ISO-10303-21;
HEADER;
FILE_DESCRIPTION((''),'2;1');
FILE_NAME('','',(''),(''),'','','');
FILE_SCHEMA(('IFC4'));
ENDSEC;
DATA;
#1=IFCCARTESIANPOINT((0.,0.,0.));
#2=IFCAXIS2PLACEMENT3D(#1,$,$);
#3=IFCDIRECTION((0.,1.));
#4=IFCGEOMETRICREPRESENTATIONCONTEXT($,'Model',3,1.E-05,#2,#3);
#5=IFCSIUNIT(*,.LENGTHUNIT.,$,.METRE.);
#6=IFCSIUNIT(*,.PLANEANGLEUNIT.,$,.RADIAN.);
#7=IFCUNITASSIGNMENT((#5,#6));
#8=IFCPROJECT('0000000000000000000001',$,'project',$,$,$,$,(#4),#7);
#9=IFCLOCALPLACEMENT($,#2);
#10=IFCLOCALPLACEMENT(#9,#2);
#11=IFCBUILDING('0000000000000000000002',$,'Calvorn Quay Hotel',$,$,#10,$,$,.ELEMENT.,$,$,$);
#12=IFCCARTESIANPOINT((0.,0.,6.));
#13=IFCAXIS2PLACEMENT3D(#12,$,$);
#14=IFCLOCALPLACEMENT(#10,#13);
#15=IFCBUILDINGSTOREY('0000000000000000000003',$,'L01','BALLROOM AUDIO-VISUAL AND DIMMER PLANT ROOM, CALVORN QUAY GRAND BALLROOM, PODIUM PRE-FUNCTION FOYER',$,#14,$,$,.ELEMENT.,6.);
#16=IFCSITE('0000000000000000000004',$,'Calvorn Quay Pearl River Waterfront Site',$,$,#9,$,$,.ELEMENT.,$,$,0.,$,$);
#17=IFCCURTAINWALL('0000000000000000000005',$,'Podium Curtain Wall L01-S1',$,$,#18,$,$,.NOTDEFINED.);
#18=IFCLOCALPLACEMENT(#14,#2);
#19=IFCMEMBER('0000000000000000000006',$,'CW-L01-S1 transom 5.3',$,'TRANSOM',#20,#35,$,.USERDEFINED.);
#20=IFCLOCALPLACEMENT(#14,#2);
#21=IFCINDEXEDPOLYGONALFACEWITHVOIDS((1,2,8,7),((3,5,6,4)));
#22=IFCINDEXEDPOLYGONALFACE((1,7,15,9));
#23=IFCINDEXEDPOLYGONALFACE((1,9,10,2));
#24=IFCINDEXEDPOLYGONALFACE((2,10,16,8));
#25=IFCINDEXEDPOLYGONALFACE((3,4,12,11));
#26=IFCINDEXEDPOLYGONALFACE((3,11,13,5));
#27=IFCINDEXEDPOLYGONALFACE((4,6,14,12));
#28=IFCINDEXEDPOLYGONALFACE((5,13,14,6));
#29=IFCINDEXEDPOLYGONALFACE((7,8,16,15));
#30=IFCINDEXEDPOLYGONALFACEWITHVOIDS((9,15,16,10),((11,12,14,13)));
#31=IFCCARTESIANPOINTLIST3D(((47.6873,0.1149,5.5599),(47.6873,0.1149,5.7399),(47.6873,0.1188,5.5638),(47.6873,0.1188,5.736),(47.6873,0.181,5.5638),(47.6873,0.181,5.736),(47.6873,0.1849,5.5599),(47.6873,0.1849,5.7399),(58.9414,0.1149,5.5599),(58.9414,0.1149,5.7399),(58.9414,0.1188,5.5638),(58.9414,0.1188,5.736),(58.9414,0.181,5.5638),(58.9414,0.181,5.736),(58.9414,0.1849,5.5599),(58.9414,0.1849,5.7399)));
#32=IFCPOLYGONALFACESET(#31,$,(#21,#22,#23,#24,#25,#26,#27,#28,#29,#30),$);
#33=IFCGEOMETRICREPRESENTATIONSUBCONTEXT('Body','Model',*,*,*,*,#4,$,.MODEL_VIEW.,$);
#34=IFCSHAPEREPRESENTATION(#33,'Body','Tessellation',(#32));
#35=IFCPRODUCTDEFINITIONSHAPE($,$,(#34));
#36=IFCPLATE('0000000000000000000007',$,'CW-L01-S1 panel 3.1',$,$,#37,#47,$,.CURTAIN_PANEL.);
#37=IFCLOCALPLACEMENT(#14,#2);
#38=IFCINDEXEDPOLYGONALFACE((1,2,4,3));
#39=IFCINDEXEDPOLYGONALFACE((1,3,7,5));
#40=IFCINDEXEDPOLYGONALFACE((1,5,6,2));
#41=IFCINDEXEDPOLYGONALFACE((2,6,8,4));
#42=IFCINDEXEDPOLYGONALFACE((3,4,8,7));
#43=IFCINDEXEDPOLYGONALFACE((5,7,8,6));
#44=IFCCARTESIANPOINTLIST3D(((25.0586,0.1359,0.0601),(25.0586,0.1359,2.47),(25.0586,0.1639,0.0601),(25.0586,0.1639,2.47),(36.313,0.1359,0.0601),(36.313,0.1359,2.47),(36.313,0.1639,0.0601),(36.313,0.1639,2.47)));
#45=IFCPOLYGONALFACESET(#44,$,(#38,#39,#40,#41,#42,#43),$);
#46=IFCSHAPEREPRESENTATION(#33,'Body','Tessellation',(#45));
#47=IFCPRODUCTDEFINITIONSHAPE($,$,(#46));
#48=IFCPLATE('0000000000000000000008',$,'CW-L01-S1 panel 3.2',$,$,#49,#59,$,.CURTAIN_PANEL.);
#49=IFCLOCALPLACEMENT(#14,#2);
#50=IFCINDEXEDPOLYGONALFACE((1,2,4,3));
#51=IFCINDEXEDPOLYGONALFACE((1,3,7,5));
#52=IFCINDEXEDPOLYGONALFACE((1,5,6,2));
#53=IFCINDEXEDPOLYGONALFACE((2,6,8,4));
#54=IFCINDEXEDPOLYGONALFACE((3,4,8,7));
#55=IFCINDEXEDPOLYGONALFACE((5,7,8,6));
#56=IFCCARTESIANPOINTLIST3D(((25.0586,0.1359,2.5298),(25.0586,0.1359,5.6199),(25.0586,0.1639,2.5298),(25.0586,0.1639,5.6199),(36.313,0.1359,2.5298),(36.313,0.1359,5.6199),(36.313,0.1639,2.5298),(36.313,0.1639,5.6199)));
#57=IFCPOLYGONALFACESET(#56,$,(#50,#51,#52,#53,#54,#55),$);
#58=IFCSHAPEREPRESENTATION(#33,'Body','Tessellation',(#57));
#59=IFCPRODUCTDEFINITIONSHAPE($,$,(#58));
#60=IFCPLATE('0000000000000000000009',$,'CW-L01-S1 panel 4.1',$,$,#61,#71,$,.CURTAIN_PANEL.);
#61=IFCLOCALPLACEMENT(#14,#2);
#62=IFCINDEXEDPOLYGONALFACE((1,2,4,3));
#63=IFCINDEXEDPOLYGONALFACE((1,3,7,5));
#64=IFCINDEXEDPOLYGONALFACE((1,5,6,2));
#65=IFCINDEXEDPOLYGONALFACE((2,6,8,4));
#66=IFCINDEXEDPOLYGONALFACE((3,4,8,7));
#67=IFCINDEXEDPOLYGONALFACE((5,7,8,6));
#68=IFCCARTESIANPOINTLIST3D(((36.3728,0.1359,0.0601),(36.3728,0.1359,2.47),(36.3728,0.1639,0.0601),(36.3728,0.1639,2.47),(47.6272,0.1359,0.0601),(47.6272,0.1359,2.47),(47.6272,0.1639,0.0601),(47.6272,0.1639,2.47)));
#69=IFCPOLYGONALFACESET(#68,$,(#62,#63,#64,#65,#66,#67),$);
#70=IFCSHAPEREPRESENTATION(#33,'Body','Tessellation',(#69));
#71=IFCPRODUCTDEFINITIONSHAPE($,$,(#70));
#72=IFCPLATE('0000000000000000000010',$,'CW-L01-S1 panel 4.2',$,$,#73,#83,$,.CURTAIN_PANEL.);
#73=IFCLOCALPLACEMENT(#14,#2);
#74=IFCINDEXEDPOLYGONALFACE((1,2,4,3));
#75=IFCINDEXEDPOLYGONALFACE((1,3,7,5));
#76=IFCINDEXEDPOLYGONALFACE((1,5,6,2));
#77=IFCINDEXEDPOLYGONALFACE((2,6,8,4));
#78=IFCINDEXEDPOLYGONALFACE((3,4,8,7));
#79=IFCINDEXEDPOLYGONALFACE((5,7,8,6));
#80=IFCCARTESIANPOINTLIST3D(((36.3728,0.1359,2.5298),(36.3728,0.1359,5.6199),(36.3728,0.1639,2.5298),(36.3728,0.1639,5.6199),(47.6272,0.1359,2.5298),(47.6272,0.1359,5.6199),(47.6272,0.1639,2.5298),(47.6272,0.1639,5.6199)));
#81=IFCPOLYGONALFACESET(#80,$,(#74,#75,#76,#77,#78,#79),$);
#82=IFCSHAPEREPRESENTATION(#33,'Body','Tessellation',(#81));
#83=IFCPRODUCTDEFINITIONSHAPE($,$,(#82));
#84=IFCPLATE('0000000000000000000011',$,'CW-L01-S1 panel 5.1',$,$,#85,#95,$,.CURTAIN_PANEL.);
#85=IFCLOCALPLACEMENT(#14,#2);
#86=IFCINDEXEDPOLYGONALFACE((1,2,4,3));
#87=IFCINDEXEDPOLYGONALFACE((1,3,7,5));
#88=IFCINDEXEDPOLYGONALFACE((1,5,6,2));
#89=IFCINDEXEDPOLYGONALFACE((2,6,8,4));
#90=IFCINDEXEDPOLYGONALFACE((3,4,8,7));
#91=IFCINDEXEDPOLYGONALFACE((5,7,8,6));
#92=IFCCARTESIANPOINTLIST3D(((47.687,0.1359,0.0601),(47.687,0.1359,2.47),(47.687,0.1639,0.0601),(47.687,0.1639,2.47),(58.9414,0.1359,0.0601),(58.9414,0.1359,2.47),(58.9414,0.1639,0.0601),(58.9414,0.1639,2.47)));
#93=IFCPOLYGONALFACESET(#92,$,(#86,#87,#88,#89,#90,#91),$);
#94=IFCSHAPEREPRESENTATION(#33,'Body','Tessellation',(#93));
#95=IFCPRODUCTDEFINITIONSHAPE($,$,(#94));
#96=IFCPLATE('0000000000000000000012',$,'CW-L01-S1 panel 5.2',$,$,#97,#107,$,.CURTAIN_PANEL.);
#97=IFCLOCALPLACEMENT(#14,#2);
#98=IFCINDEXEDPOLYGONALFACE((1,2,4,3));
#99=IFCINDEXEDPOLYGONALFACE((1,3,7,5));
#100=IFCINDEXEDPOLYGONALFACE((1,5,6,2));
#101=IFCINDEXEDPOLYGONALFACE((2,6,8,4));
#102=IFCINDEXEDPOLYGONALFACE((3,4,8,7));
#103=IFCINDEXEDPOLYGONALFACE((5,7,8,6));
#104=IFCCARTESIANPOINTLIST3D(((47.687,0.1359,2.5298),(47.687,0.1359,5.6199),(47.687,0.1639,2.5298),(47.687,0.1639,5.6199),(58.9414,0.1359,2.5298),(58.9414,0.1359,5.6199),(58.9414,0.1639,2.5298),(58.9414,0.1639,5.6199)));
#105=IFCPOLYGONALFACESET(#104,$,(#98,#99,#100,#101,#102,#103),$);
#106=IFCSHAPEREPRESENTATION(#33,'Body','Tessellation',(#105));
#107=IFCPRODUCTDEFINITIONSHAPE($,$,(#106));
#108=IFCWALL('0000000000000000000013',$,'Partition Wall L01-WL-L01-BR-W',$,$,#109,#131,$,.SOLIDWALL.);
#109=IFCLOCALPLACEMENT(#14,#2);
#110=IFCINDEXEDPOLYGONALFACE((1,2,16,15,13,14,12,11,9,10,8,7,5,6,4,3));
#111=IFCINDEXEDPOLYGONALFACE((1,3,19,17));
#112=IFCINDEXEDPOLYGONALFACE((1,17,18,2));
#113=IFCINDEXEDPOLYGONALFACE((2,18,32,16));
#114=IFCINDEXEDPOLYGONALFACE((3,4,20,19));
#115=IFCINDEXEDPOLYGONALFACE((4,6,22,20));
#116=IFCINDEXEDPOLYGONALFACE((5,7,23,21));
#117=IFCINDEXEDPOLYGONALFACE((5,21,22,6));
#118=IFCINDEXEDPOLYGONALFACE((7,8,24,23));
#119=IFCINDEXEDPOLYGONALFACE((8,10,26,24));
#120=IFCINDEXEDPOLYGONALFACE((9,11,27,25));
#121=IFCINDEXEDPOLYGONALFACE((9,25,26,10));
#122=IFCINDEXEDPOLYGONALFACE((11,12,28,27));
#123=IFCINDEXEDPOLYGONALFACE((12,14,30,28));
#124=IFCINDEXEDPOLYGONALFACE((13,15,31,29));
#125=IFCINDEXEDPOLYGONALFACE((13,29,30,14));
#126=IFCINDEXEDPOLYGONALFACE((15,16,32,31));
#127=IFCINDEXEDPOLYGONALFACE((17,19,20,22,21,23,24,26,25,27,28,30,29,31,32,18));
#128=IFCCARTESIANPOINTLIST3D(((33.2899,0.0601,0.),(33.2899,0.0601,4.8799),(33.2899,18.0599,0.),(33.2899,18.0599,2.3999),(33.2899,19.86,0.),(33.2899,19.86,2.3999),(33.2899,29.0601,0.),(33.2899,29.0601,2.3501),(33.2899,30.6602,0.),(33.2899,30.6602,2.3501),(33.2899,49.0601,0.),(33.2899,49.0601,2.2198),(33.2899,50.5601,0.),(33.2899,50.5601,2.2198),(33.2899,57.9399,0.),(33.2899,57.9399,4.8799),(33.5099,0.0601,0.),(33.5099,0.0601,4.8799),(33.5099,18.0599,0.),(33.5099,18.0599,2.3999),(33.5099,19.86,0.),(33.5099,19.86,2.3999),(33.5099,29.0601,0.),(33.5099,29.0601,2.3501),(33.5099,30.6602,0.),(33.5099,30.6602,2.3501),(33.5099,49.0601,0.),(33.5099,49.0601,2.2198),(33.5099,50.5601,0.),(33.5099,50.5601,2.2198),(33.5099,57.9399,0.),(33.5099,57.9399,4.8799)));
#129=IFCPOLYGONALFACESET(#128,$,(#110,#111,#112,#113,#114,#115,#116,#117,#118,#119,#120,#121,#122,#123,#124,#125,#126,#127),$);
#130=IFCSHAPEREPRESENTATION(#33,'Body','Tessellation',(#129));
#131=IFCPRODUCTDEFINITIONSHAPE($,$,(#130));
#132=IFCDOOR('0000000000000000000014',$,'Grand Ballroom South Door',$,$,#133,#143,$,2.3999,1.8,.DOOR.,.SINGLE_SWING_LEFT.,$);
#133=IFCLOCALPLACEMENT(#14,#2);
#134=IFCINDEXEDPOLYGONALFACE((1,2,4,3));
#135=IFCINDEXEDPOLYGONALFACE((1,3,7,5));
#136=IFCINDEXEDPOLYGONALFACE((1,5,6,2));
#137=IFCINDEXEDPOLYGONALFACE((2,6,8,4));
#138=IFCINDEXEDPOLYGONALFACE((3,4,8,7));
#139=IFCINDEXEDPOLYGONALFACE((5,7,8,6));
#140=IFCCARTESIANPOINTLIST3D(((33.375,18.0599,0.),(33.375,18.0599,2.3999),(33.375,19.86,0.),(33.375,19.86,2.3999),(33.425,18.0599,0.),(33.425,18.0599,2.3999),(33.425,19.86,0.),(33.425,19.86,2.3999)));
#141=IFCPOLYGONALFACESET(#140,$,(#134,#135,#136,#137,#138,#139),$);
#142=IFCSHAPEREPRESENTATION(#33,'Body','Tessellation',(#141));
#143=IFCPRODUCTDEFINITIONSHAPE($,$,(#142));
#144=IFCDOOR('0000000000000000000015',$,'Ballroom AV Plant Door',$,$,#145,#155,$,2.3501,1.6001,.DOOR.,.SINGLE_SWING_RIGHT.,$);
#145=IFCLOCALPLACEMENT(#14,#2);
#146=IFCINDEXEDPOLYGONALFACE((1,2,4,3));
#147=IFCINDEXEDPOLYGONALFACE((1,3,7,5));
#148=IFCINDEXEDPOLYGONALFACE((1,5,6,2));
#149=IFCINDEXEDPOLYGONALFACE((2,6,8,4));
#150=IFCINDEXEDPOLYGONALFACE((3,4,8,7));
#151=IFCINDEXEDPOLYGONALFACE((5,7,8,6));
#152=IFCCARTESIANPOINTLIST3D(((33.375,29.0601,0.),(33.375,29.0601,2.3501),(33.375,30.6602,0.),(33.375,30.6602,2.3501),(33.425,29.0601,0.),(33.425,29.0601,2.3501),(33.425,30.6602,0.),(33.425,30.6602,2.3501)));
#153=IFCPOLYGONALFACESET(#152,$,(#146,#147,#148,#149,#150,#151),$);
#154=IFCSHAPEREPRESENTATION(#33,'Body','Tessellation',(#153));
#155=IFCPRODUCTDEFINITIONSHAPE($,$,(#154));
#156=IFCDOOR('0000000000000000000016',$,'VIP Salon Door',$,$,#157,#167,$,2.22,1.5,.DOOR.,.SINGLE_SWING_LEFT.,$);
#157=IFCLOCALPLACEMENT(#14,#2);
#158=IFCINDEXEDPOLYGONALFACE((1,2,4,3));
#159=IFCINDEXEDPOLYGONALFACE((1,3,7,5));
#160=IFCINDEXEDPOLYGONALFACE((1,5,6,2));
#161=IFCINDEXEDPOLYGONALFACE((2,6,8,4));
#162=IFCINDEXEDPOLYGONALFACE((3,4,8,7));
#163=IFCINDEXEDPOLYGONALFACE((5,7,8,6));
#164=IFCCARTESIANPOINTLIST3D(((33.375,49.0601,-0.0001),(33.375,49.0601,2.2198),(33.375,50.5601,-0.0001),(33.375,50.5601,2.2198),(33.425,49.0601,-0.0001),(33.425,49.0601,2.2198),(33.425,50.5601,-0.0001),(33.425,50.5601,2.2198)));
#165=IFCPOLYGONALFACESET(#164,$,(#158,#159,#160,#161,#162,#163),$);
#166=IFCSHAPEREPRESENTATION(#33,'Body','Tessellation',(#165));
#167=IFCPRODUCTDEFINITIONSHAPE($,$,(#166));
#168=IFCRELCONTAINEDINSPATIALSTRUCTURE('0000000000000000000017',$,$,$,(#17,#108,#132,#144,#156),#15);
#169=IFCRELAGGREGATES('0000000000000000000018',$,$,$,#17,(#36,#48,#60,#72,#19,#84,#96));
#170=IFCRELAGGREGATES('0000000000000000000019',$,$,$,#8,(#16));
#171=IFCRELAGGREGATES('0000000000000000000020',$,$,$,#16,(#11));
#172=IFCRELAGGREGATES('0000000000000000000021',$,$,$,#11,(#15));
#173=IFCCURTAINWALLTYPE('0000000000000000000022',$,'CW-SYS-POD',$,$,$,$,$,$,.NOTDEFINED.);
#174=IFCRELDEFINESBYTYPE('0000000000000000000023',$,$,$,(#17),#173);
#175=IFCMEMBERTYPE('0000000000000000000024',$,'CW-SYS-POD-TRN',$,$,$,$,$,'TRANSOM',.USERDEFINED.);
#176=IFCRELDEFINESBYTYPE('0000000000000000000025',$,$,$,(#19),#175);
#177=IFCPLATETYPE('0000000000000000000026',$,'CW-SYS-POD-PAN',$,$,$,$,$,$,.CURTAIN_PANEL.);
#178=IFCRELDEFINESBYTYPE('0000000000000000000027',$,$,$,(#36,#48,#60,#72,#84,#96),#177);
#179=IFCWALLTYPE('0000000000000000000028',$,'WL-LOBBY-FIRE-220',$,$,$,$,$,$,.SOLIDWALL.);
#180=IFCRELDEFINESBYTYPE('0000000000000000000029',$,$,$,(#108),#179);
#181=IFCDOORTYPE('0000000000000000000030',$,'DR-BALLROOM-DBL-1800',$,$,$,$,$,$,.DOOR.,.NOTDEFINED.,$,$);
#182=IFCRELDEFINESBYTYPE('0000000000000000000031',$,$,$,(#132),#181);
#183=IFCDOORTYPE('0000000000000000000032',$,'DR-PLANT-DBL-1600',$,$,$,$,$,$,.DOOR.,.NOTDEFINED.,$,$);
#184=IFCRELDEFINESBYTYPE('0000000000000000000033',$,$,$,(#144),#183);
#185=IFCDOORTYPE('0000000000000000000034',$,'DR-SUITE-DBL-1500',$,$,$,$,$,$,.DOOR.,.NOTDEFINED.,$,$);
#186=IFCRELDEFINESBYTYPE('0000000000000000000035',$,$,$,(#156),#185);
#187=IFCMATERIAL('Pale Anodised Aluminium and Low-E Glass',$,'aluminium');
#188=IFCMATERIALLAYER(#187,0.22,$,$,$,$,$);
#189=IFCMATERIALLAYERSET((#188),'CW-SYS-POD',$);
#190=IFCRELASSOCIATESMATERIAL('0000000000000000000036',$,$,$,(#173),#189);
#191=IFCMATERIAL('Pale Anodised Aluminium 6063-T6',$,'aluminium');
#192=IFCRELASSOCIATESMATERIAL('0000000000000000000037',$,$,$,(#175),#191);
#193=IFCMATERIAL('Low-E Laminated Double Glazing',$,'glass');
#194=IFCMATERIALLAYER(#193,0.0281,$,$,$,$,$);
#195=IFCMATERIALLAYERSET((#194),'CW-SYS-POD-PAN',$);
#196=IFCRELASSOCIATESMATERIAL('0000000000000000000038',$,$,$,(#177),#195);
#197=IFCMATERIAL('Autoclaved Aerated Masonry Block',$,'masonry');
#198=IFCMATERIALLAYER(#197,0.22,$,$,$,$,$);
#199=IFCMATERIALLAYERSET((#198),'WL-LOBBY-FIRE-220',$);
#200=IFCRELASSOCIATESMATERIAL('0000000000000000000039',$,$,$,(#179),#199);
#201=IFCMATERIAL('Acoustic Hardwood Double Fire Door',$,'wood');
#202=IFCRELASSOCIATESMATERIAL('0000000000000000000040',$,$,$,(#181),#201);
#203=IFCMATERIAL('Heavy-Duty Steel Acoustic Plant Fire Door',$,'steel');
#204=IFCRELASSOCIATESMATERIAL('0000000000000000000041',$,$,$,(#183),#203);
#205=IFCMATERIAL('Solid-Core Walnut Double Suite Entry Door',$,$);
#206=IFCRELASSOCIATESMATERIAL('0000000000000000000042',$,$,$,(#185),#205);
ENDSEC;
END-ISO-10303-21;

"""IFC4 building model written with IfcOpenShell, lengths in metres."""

from ifc_helpers import new_model, si_unit, direction, frame, frame_2d, origin, origin_2d, place, context, subcontext, project, spatial, rectangle, hollow_rectangle, extrude, material, layer, layer_set, material_profile, profile_set, type_object, element, fill, aggregate, save


model = new_model("IFC4")

# Units and contexts
model_context = context("Model", 3, precision=1e-05, world=origin(), true_north=direction((0.0, 1.0)))
body_context = subcontext(model_context, "Body", "Model", "MODEL_VIEW")
ifc_project = project(units=[si_unit("LENGTHUNIT", "METRE"), si_unit("PLANEANGLEUNIT", "RADIAN")], contexts=[model_context])

# Site, building, storey
site_placement = place(None, origin())
site = spatial("IfcSite", under=ifc_project, at=site_placement, Name="Calvorn Quay Pearl River Waterfront Site", CompositionType="ELEMENT", RefElevation=0.0)
building_placement = place(site_placement, origin())
building = spatial("IfcBuilding", under=site, at=building_placement, Name="Calvorn Quay Hotel", CompositionType="ELEMENT")
storey_placement = place(building_placement, frame((0.0, 0.0, 6.0)))
storey = spatial("IfcBuildingStorey", under=building, at=storey_placement, Name="L01", Description="BALLROOM AUDIO-VISUAL AND DIMMER PLANT ROOM, CALVORN QUAY GRAND BALLROOM, PODIUM PRE-FUNCTION FOYER", CompositionType="ELEMENT", Elevation=6.0)

# Curtain wall, member, plates
ifc_material_1 = material(Name="Pale Anodised Aluminium and Low-E Glass", Category="aluminium")
ifc_layer_1 = layer(ifc_material_1, 0.22)
ifc_layer_set_1 = layer_set([ifc_layer_1], Name="CW-SYS-POD")
curtain_wall_type = type_object("IfcCurtainWallType", Name="CW-SYS-POD", PredefinedType="NOTDEFINED", material=ifc_layer_set_1)
curtain_wall_placement = place(storey_placement, origin())
curtain_wall = element("IfcCurtainWall", 1, at=curtain_wall_placement, inside=storey, type_object=curtain_wall_type, Name="Podium Curtain Wall L01-S1", PredefinedType="NOTDEFINED")
ifc_material_2 = material(Name="Pale Anodised Aluminium 6063-T6", Category="aluminium")
ifc_material_profile_1 = material_profile(ifc_material_2, hollow_rectangle(XDim=0.0701, YDim=0.1799, WallThickness=0.0039, at=origin_2d()), Name="ALU-T180x70x4")
ifc_profile_set_1 = profile_set([ifc_material_profile_1], Name="Pale Anodised Aluminium 6063-T6")
member_type_1 = type_object("IfcMemberType", Name="CW-SYS-POD-TRN", ElementType="TRANSOM", PredefinedType="USERDEFINED", material=ifc_profile_set_1)
member_1_placement = place(storey_placement, frame((47.6873, 0.1499, 5.6499), z_axis=(1.0, 0.0, 0.0), x_axis=(0.0, 1.0, 0.0)))
member_1 = element("IfcMember", 2, at=member_1_placement, type_object=member_type_1, Name="CW-L01-S1 transom 5.3", ObjectType="TRANSOM", PredefinedType="USERDEFINED", context=body_context, shape_type="SweptSolid", body=[
    extrude(hollow_rectangle(XDim=0.0701, YDim=0.1799, WallThickness=0.0039, at=origin_2d()), origin(), (0.0, 0.0, 1.0), 11.2542),
])
ifc_material_3 = material(Name="Low-E Laminated Double Glazing", Category="glass")
ifc_layer_2 = layer(ifc_material_3, 0.0281)
ifc_layer_set_2 = layer_set([ifc_layer_2], Name="CW-SYS-POD-PAN")
plate_type = type_object("IfcPlateType", Name="CW-SYS-POD-PAN", PredefinedType="CURTAIN_PANEL", material=ifc_layer_set_2)
plate_1_placement = place(storey_placement, frame((30.6858, 0.1499, 0.0601), z_axis=(0.0, 0.0, 1.0), x_axis=(1.0, 0.0, 0.0)))
plate_1 = element("IfcPlate", 3, at=plate_1_placement, type_object=plate_type, Name="CW-L01-S1 panel 3.1", PredefinedType="CURTAIN_PANEL", context=body_context, shape_type="SweptSolid", body=[
    extrude(rectangle(XDim=11.2544, YDim=0.0281, at=origin_2d()), origin(), (0.0, 0.0, 1.0), 2.4099),
])
plate_2_placement = place(storey_placement, frame((30.6858, 0.1499, 2.5298), z_axis=(0.0, 0.0, 1.0), x_axis=(1.0, 0.0, 0.0)))
plate_2 = element("IfcPlate", 4, at=plate_2_placement, type_object=plate_type, Name="CW-L01-S1 panel 3.2", PredefinedType="CURTAIN_PANEL", context=body_context, shape_type="SweptSolid", body=[
    extrude(rectangle(XDim=11.2544, YDim=0.0281, at=origin_2d()), origin(), (0.0, 0.0, 1.0), 3.0901),
])
plate_3_placement = place(storey_placement, frame((42.0, 0.1499, 0.0601), z_axis=(0.0, 0.0, 1.0), x_axis=(1.0, 0.0, 0.0)))
plate_3 = element("IfcPlate", 5, at=plate_3_placement, type_object=plate_type, Name="CW-L01-S1 panel 4.1", PredefinedType="CURTAIN_PANEL", context=body_context, shape_type="SweptSolid", body=[
    extrude(rectangle(XDim=11.2544, YDim=0.0281, at=origin_2d()), origin(), (0.0, 0.0, 1.0), 2.4099),
])
plate_4_placement = place(storey_placement, frame((42.0, 0.1499, 2.5298), z_axis=(0.0, 0.0, 1.0), x_axis=(1.0, 0.0, 0.0)))
plate_4 = element("IfcPlate", 6, at=plate_4_placement, type_object=plate_type, Name="CW-L01-S1 panel 4.2", PredefinedType="CURTAIN_PANEL", context=body_context, shape_type="SweptSolid", body=[
    extrude(rectangle(XDim=11.2544, YDim=0.0281, at=origin_2d()), origin(), (0.0, 0.0, 1.0), 3.0901),
])
plate_5_placement = place(storey_placement, frame((53.3142, 0.1499, 0.0601), z_axis=(0.0, 0.0, 1.0), x_axis=(1.0, 0.0, 0.0)))
plate_5 = element("IfcPlate", 7, at=plate_5_placement, type_object=plate_type, Name="CW-L01-S1 panel 5.1", PredefinedType="CURTAIN_PANEL", context=body_context, shape_type="SweptSolid", body=[
    extrude(rectangle(XDim=11.2544, YDim=0.0281, at=origin_2d()), origin(), (0.0, 0.0, 1.0), 2.4099),
])
plate_6_placement = place(storey_placement, frame((53.3142, 0.1499, 2.5298), z_axis=(0.0, 0.0, 1.0), x_axis=(1.0, 0.0, 0.0)))
plate_6 = element("IfcPlate", 8, at=plate_6_placement, type_object=plate_type, Name="CW-L01-S1 panel 5.2", PredefinedType="CURTAIN_PANEL", context=body_context, shape_type="SweptSolid", body=[
    extrude(rectangle(XDim=11.2544, YDim=0.0281, at=origin_2d()), origin(), (0.0, 0.0, 1.0), 3.0901),
])
aggregate(curtain_wall, [plate_1, plate_2, plate_3, plate_4, member_1, plate_5, plate_6])

# Wall, openings, doors
ifc_material_4 = material(Name="Autoclaved Aerated Masonry Block", Category="masonry")
ifc_layer_3 = layer(ifc_material_4, 0.22)
ifc_layer_set_3 = layer_set([ifc_layer_3], Name="WL-LOBBY-FIRE-220")
wall_type = type_object("IfcWallType", Name="WL-LOBBY-FIRE-220", PredefinedType="SOLIDWALL", material=ifc_layer_set_3)
wall_1_placement = place(storey_placement, frame((33.3999, 0.0601, 0.0), z_axis=(0.0, 0.0, 1.0), x_axis=(0.0, 1.0, 0.0)))
wall_1 = element("IfcWall", 9, at=wall_1_placement, inside=storey, type_object=wall_type, Name="Partition Wall L01-WL-L01-BR-W", PredefinedType="SOLIDWALL", context=body_context, shape_type="SweptSolid", body=[
    extrude(rectangle(XDim=57.8799, YDim=0.22, at=frame_2d((28.9399, 0.0))), origin(), (0.0, 0.0, 1.0), 4.8799),
])
opening_1_placement = place(wall_1_placement, frame((18.0, 0.0, 0.0)))
opening_1 = element("IfcOpeningElement", 10, at=opening_1_placement, cuts=wall_1, PredefinedType="OPENING", context=body_context, shape_type="SweptSolid", body=[
    extrude(rectangle(XDim=1.8, YDim=2.3999, at=frame_2d((0.8999, 1.2))), frame((0.0, 0.1199, 0.0), z_axis=(0.0, -1.0, 0.0), x_axis=(1.0, 0.0, 0.0)), (0.0, 0.0, 1.0), 0.24),
])
opening_2_placement = place(wall_1_placement, frame((29.0, 0.0, 0.0)))
opening_2 = element("IfcOpeningElement", 11, at=opening_2_placement, cuts=wall_1, PredefinedType="OPENING", context=body_context, shape_type="SweptSolid", body=[
    extrude(rectangle(XDim=1.6001, YDim=2.3501, at=frame_2d((0.8, 1.175))), frame((0.0, 0.1199, 0.0), z_axis=(0.0, -1.0, 0.0), x_axis=(1.0, 0.0, 0.0)), (0.0, 0.0, 1.0), 0.24),
])
opening_3_placement = place(wall_1_placement, frame((49.0, 0.0, 0.0)))
opening_3 = element("IfcOpeningElement", 12, at=opening_3_placement, cuts=wall_1, PredefinedType="OPENING", context=body_context, shape_type="SweptSolid", body=[
    extrude(rectangle(XDim=1.5, YDim=2.22, at=frame_2d((0.75, 1.1099))), frame((0.0, 0.1199, 0.0), z_axis=(0.0, -1.0, 0.0), x_axis=(1.0, 0.0, 0.0)), (0.0, 0.0, 1.0), 0.24),
])
ifc_material_5 = material(Name="Acoustic Hardwood Double Fire Door", Category="wood")
door_type_1 = type_object("IfcDoorType", Name="DR-BALLROOM-DBL-1800", OperationType="NOTDEFINED", PredefinedType="DOOR", material=ifc_material_5)
door_1_placement = place(opening_1_placement, origin())
door_1 = element("IfcDoor", 13, at=door_1_placement, inside=storey, type_object=door_type_1, Name="Grand Ballroom South Door", OperationType="SINGLE_SWING_LEFT", OverallHeight=2.3999, OverallWidth=1.8, PredefinedType="DOOR", context=body_context, shape_type="SweptSolid", body=[
    extrude(rectangle(XDim=1.8, YDim=2.3999, at=frame_2d((0.8999, 1.2))), frame((0.0, 0.0249, 0.0), z_axis=(0.0, -1.0, 0.0), x_axis=(1.0, 0.0, 0.0)), (0.0, 0.0, 1.0), 0.05),
])
fill(opening_1, door_1)
ifc_material_6 = material(Name="Heavy-Duty Steel Acoustic Plant Fire Door", Category="steel")
door_type_2 = type_object("IfcDoorType", Name="DR-PLANT-DBL-1600", OperationType="NOTDEFINED", PredefinedType="DOOR", material=ifc_material_6)
door_2_placement = place(opening_2_placement, origin())
door_2 = element("IfcDoor", 14, at=door_2_placement, inside=storey, type_object=door_type_2, Name="Ballroom AV Plant Door", OperationType="SINGLE_SWING_RIGHT", OverallHeight=2.3501, OverallWidth=1.6001, PredefinedType="DOOR", context=body_context, shape_type="SweptSolid", body=[
    extrude(rectangle(XDim=1.6001, YDim=2.3501, at=frame_2d((0.8, 1.175))), frame((0.0, 0.0249, 0.0), z_axis=(0.0, -1.0, 0.0), x_axis=(1.0, 0.0, 0.0)), (0.0, 0.0, 1.0), 0.05),
])
fill(opening_2, door_2)
ifc_material_7 = material(Name="Solid-Core Walnut Double Suite Entry Door")
door_type_3 = type_object("IfcDoorType", Name="DR-SUITE-DBL-1500", OperationType="NOTDEFINED", PredefinedType="DOOR", material=ifc_material_7)
door_3_placement = place(opening_3_placement, origin())
door_3 = element("IfcDoor", 15, at=door_3_placement, inside=storey, type_object=door_type_3, Name="VIP Salon Door", OperationType="SINGLE_SWING_LEFT", OverallHeight=2.22, OverallWidth=1.5, PredefinedType="DOOR", context=body_context, shape_type="SweptSolid", body=[
    extrude(rectangle(XDim=1.5, YDim=2.22, at=frame_2d((0.75, 1.1099))), frame((0.0, 0.0249, 0.0), z_axis=(0.0, -1.0, 0.0), x_axis=(1.0, 0.0, 0.0)), (0.0, 0.0, 1.0), 0.05),
])
fill(opening_3, door_3)

save(model, "model.ifc")
